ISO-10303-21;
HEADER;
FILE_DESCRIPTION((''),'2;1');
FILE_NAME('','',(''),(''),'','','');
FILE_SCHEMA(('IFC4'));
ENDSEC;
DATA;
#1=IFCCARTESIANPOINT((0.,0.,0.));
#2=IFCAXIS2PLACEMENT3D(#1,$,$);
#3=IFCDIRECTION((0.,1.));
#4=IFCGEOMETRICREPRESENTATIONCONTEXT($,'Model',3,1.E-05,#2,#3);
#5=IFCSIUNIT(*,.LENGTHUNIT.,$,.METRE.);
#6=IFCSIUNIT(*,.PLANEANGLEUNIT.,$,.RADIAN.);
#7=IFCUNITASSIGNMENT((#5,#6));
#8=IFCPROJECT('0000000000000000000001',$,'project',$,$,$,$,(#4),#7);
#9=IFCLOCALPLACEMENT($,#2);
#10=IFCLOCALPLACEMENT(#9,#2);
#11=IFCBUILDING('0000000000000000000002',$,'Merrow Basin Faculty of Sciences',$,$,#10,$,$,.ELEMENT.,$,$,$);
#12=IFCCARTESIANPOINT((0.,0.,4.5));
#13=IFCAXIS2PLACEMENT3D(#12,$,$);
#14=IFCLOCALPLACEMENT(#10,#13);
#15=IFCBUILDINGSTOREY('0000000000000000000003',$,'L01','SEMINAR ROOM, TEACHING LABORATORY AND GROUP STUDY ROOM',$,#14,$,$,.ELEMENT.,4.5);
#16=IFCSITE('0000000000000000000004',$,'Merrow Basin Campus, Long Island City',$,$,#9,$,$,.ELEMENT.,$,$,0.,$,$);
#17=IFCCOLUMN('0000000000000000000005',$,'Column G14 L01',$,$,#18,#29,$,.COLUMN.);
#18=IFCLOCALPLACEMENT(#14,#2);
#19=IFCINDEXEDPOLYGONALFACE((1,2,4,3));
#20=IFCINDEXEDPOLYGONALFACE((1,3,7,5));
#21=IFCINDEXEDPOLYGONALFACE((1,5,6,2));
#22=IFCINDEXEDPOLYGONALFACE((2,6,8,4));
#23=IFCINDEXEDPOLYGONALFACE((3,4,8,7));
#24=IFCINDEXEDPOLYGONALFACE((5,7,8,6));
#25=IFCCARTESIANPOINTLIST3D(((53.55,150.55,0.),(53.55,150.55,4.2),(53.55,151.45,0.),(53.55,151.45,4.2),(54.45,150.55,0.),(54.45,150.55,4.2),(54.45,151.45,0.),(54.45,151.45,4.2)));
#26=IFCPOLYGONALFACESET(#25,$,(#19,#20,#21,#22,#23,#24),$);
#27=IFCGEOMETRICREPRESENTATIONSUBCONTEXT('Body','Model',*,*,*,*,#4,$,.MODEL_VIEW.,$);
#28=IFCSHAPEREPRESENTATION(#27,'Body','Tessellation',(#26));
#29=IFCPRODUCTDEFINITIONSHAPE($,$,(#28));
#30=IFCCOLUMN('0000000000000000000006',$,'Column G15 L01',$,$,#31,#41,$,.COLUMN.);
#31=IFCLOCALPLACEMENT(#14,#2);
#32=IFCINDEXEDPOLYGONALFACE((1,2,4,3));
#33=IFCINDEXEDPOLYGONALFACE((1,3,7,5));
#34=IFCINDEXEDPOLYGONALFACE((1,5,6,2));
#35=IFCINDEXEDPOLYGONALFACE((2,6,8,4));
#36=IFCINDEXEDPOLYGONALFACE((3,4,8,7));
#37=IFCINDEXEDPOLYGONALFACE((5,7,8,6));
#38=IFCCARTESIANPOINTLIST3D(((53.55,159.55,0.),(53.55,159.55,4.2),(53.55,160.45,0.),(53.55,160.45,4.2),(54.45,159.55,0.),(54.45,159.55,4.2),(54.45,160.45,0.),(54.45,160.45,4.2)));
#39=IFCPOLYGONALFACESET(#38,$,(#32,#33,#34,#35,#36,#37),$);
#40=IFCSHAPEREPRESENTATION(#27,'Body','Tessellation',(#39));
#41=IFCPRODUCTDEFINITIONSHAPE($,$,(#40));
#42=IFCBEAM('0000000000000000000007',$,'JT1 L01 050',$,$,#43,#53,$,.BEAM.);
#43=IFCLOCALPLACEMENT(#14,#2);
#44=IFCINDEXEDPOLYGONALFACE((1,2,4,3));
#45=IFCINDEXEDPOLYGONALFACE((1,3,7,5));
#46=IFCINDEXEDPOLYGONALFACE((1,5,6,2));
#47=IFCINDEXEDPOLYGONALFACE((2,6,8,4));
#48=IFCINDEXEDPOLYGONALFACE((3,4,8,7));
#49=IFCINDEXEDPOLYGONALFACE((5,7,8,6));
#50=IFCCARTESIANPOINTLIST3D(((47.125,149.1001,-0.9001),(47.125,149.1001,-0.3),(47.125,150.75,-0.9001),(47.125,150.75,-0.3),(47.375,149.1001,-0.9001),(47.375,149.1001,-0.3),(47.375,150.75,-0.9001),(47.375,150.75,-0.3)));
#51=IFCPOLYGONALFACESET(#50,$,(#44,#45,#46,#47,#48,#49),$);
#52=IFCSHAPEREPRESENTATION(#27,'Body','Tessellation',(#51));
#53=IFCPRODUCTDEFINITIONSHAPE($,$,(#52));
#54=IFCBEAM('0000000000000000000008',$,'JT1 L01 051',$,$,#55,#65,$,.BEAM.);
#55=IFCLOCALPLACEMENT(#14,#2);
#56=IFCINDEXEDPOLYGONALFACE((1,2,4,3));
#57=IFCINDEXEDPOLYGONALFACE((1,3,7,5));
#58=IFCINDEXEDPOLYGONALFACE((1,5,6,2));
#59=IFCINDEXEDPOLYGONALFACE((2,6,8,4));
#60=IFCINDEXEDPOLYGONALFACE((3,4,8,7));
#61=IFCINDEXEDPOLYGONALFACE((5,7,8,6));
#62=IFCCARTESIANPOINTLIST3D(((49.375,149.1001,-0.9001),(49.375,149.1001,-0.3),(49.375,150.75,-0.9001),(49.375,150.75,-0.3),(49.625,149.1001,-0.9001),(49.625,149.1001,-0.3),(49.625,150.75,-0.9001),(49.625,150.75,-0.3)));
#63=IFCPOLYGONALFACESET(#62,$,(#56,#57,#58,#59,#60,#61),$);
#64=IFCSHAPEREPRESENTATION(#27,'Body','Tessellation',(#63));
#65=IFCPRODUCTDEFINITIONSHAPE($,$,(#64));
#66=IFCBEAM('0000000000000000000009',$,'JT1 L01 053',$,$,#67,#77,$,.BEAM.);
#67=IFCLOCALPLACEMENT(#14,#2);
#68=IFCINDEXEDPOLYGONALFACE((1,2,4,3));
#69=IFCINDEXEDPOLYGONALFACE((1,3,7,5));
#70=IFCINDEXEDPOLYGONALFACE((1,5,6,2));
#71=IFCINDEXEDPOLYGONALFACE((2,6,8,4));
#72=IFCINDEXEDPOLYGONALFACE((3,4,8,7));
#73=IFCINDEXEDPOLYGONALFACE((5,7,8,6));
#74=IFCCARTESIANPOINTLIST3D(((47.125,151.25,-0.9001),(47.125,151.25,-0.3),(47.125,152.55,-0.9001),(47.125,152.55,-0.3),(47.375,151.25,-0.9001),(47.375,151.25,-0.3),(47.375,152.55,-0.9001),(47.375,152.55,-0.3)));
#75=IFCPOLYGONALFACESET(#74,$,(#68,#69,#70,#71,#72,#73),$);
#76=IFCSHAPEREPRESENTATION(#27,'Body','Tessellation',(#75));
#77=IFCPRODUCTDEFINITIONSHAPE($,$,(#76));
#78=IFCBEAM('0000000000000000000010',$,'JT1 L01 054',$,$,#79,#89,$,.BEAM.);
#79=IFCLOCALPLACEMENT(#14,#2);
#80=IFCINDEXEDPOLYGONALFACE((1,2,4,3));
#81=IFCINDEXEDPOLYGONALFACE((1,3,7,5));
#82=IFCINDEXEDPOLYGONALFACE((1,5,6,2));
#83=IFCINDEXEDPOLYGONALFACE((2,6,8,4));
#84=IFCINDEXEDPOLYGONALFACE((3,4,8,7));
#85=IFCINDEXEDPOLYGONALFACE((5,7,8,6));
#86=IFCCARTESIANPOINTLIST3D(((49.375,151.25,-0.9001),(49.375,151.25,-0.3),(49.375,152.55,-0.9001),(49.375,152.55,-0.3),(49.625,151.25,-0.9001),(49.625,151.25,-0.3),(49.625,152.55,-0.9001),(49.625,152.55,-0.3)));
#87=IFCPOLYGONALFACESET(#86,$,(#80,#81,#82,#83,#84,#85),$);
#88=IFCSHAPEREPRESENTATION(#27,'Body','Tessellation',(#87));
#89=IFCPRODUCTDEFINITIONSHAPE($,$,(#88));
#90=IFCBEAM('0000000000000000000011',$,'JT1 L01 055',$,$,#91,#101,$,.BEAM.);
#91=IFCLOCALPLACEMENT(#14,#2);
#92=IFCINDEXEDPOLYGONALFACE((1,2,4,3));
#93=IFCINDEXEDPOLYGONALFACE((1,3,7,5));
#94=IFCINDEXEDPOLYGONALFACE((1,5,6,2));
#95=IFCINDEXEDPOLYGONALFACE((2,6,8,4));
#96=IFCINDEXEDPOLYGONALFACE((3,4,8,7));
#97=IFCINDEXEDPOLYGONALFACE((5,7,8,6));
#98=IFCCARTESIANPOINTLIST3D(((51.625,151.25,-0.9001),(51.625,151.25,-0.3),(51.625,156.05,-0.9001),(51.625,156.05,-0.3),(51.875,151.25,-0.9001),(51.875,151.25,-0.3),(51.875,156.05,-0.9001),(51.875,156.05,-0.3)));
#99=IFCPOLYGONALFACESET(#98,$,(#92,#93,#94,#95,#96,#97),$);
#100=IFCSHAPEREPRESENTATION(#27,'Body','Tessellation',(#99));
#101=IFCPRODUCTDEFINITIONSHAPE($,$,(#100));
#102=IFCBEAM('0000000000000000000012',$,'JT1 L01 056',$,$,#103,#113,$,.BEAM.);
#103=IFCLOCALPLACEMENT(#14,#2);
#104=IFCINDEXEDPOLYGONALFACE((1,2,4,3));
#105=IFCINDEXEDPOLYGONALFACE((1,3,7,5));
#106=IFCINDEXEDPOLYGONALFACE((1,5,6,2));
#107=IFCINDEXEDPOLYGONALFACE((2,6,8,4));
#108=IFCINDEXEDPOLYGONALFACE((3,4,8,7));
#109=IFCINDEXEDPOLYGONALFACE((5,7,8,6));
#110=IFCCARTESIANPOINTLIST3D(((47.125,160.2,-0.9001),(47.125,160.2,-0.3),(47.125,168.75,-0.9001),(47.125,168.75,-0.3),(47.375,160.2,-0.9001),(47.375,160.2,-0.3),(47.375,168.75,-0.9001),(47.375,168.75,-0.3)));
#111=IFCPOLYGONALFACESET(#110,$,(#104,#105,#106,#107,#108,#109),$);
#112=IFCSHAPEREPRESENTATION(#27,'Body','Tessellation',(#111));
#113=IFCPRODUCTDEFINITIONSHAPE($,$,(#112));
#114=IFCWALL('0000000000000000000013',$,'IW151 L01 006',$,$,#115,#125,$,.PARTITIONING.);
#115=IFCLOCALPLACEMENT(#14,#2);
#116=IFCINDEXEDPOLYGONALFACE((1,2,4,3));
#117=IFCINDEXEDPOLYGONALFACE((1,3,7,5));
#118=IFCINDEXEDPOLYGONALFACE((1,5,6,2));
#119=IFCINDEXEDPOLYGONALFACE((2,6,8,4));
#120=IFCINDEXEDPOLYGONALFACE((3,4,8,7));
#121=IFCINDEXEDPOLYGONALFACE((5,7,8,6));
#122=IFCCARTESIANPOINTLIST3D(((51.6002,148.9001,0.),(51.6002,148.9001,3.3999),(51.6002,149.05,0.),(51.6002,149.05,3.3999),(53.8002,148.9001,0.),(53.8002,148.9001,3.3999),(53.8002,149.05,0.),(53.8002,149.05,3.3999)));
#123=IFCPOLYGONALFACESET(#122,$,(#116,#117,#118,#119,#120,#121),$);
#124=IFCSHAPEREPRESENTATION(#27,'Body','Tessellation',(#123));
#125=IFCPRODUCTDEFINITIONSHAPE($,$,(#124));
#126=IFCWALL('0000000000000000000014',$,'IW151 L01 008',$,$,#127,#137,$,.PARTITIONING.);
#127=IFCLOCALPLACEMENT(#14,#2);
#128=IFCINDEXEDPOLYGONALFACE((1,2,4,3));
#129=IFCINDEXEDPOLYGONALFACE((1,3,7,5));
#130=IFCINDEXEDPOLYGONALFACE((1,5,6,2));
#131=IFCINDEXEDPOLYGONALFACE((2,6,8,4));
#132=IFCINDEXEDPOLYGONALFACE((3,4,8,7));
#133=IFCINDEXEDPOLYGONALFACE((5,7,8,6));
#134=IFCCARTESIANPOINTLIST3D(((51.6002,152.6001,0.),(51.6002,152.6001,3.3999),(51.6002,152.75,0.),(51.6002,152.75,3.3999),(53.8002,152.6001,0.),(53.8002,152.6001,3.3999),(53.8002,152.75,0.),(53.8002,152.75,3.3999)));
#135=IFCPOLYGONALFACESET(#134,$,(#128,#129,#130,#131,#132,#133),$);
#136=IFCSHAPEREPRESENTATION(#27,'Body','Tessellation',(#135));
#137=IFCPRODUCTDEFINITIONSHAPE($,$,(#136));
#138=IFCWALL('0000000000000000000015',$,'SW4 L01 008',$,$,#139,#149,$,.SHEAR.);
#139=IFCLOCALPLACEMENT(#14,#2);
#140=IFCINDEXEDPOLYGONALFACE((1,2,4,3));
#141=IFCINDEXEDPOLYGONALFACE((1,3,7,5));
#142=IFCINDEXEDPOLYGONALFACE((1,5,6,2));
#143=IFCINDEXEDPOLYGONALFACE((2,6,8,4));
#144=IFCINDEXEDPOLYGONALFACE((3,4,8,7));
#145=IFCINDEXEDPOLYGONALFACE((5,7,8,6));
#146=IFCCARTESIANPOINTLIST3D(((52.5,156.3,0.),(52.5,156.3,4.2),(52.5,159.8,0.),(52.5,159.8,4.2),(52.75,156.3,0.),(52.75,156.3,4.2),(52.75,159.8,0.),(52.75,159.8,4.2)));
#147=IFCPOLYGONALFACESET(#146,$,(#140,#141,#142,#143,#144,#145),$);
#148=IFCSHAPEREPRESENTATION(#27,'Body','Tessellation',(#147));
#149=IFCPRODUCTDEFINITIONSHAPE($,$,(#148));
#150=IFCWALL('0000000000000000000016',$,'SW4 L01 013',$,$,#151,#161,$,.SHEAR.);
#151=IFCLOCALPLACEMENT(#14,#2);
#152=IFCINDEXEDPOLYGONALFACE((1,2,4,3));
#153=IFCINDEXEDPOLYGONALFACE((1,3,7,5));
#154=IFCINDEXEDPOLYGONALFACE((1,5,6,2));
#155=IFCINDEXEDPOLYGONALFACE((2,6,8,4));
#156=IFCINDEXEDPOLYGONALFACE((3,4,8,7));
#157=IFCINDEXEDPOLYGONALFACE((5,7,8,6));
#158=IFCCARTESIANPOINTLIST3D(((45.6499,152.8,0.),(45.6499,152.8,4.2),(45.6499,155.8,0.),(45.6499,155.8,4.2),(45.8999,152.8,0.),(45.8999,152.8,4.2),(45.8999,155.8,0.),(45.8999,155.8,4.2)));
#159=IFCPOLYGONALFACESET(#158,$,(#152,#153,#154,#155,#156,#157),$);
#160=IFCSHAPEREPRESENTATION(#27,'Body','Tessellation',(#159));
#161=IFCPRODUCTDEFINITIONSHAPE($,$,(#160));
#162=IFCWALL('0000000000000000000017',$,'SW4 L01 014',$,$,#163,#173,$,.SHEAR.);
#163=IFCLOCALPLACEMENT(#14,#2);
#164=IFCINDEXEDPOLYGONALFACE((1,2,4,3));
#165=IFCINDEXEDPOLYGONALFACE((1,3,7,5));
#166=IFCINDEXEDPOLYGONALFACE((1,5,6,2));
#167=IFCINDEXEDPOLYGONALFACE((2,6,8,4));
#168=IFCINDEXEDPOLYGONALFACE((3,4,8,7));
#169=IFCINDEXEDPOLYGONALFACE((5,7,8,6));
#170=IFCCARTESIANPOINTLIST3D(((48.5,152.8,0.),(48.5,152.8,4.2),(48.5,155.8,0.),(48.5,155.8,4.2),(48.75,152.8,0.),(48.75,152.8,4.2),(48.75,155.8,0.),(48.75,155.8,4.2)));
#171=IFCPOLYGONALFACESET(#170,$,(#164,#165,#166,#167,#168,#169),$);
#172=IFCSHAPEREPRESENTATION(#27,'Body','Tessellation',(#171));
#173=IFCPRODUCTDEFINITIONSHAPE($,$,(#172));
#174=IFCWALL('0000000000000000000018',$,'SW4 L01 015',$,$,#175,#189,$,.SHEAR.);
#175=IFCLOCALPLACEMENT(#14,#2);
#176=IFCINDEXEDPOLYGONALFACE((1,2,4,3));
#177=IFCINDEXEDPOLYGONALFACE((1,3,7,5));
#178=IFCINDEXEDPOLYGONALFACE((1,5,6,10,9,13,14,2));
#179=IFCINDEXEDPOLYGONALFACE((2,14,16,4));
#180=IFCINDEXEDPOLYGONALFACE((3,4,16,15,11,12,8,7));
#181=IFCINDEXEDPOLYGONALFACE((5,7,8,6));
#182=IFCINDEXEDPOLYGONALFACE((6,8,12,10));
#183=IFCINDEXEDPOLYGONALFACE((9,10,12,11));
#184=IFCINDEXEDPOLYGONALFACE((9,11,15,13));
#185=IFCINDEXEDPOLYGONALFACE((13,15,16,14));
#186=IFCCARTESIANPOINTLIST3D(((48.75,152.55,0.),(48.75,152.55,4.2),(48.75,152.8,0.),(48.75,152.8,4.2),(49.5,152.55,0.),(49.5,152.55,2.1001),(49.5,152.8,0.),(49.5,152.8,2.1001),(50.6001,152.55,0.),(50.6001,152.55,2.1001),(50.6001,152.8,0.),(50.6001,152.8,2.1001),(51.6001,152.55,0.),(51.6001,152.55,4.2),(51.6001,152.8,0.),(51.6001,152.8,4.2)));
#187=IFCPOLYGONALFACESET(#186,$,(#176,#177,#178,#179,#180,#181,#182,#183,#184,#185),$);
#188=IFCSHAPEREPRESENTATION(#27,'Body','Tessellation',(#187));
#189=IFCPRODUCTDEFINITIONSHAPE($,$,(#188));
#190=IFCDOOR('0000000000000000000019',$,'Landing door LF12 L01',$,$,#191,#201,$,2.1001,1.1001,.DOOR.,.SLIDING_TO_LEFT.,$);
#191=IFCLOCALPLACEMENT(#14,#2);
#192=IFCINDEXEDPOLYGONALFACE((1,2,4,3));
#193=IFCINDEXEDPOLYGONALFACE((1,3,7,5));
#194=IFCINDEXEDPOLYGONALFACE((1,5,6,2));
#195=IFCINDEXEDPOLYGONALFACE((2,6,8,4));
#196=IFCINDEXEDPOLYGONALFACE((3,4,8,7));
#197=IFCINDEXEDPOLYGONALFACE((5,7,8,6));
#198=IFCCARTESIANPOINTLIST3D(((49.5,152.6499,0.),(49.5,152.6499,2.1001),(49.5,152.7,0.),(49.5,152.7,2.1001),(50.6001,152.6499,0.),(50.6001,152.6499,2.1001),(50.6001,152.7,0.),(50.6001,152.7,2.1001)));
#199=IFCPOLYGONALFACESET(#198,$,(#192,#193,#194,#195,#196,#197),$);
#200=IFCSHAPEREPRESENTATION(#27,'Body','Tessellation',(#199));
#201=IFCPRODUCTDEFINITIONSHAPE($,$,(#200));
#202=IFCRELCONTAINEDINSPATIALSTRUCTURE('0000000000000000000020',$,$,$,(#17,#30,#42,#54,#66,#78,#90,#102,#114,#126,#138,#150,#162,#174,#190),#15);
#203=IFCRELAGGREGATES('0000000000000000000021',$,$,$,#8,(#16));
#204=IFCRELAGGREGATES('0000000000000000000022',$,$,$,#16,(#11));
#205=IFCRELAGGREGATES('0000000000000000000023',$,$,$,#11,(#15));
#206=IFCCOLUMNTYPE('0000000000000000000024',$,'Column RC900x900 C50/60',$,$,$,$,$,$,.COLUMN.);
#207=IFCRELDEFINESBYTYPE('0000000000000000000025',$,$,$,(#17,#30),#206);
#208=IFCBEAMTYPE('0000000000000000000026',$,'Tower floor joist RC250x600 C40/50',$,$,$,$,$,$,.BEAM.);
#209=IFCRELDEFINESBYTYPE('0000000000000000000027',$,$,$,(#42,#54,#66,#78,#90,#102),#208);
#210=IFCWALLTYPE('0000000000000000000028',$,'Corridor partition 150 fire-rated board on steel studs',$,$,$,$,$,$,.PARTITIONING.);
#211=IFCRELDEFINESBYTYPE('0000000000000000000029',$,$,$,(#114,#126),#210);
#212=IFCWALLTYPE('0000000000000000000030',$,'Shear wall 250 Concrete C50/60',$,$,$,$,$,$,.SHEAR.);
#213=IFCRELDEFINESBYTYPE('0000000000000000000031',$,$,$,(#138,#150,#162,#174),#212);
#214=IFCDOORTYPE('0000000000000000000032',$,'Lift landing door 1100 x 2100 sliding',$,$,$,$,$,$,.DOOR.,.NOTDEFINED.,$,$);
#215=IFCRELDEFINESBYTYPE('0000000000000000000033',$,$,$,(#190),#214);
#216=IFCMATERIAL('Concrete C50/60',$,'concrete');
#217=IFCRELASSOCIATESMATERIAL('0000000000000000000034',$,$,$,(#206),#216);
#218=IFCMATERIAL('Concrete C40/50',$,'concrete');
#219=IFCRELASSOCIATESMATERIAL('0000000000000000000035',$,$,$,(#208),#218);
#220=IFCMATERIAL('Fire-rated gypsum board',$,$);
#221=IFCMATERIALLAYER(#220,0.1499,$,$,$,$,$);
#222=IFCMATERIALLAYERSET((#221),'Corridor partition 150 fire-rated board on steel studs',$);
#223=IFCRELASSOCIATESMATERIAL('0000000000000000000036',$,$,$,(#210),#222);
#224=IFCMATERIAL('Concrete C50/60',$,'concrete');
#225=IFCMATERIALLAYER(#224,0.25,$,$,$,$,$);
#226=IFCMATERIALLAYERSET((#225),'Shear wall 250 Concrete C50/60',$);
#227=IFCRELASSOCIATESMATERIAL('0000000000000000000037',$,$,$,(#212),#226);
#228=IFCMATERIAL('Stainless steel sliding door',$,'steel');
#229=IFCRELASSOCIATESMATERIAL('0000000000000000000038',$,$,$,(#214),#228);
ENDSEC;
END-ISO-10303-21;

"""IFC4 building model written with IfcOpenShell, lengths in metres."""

from ifc_helpers import new_model, si_unit, direction, frame, frame_2d, origin, origin_2d, place, context, subcontext, project, spatial, rectangle, extrude, material, layer, layer_set, material_profile, profile_set, type_object, element, fill, save


model = new_model("IFC4")

# Units and contexts
model_context = context("Model", 3, precision=1e-05, world=origin(), true_north=direction((0.0, 1.0)))
body_context = subcontext(model_context, "Body", "Model", "MODEL_VIEW")
ifc_project = project(units=[si_unit("LENGTHUNIT", "METRE"), si_unit("PLANEANGLEUNIT", "RADIAN")], contexts=[model_context])

# Site, building, storey
site_placement = place(None, origin())
site = spatial("IfcSite", under=ifc_project, at=site_placement, Name="Merrow Basin Campus, Long Island City", CompositionType="ELEMENT", RefElevation=0.0)
building_placement = place(site_placement, origin())
building = spatial("IfcBuilding", under=site, at=building_placement, Name="Merrow Basin Faculty of Sciences", CompositionType="ELEMENT")
storey_placement = place(building_placement, frame((0.0, 0.0, 4.5)))
storey = spatial("IfcBuildingStorey", under=building, at=storey_placement, Name="L01", Description="SEMINAR ROOM, TEACHING LABORATORY AND GROUP STUDY ROOM", CompositionType="ELEMENT", Elevation=4.5)

# Columns
ifc_material_1 = material(Name="Concrete C50/60", Category="concrete")
ifc_material_profile_1 = material_profile(ifc_material_1, rectangle(XDim=0.8999, YDim=0.8999, at=origin_2d()))
ifc_profile_set_1 = profile_set([ifc_material_profile_1], Name="Concrete C50/60")
column_type = type_object("IfcColumnType", Name="Column RC900x900 C50/60", PredefinedType="COLUMN", material=ifc_profile_set_1)
for number, where, z_axis, x_axis, name in (
    (1, (54.0, 151.0, 0.0), (0.0, 0.0, 1.0), (1.0, 0.0, 0.0), "Column G14 L01"),
    (2, (54.0, 160.0, 0.0), (0.0, 0.0, 1.0), (1.0, 0.0, 0.0), "Column G15 L01"),
):
    element("IfcColumn", number, at=place(storey_placement, frame(where, z_axis=z_axis, x_axis=x_axis)), inside=storey, type_object=column_type, Name=name, PredefinedType="COLUMN", context=body_context, shape_type="SweptSolid", body=[
        extrude(rectangle(XDim=0.8999, YDim=0.8999, at=origin_2d()), origin(), (0.0, 0.0, 1.0), 4.2),
    ])

# Beams
ifc_material_2 = material(Name="Concrete C40/50", Category="concrete")
ifc_material_profile_2 = material_profile(ifc_material_2, rectangle(XDim=0.25, YDim=0.6001, at=origin_2d()))
ifc_profile_set_2 = profile_set([ifc_material_profile_2], Name="Concrete C40/50")
beam_type = type_object("IfcBeamType", Name="Tower floor joist RC250x600 C40/50", PredefinedType="BEAM", material=ifc_profile_set_2)
for number, where, z_axis, x_axis, name in (
    (3, (47.25, 149.1001, -0.6001), (0.0, 1.0, 0.0), (-1.0, 0.0, 0.0), "JT1 L01 050"),
    (4, (49.5, 149.1001, -0.6001), (0.0, 1.0, 0.0), (-1.0, 0.0, 0.0), "JT1 L01 051"),
):
    element("IfcBeam", number, at=place(storey_placement, frame(where, z_axis=z_axis, x_axis=x_axis)), inside=storey, type_object=beam_type, Name=name, PredefinedType="BEAM", context=body_context, shape_type="SweptSolid", body=[
        extrude(rectangle(XDim=0.25, YDim=0.6001, at=origin_2d()), origin(), (0.0, 0.0, 1.0), 1.6499),
    ])
for number, where, z_axis, x_axis, name in (
    (5, (47.25, 151.25, -0.6001), (0.0, 1.0, 0.0), (-1.0, 0.0, 0.0), "JT1 L01 053"),
    (6, (49.5, 151.25, -0.6001), (0.0, 1.0, 0.0), (-1.0, 0.0, 0.0), "JT1 L01 054"),
):
    element("IfcBeam", number, at=place(storey_placement, frame(where, z_axis=z_axis, x_axis=x_axis)), inside=storey, type_object=beam_type, Name=name, PredefinedType="BEAM", context=body_context, shape_type="SweptSolid", body=[
        extrude(rectangle(XDim=0.25, YDim=0.6001, at=origin_2d()), origin(), (0.0, 0.0, 1.0), 1.3),
    ])
beam_1_placement = place(storey_placement, frame((51.75, 151.25, -0.6001), z_axis=(0.0, 1.0, 0.0), x_axis=(-1.0, 0.0, 0.0)))
element("IfcBeam", 7, at=beam_1_placement, inside=storey, type_object=beam_type, Name="JT1 L01 055", PredefinedType="BEAM", context=body_context, shape_type="SweptSolid", body=[
    extrude(rectangle(XDim=0.25, YDim=0.6001, at=origin_2d()), origin(), (0.0, 0.0, 1.0), 4.8),
])
beam_2_placement = place(storey_placement, frame((47.25, 160.2, -0.6001), z_axis=(0.0, 1.0, 0.0), x_axis=(-1.0, 0.0, 0.0)))
element("IfcBeam", 8, at=beam_2_placement, inside=storey, type_object=beam_type, Name="JT1 L01 056", PredefinedType="BEAM", context=body_context, shape_type="SweptSolid", body=[
    extrude(rectangle(XDim=0.25, YDim=0.6001, at=origin_2d()), origin(), (0.0, 0.0, 1.0), 8.55),
])

# Walls
ifc_material_3 = material(Name="Fire-rated gypsum board")
ifc_layer_1 = layer(ifc_material_3, 0.1499)
ifc_layer_set_1 = layer_set([ifc_layer_1], Name="Corridor partition 150 fire-rated board on steel studs")
wall_type_1 = type_object("IfcWallType", Name="Corridor partition 150 fire-rated board on steel studs", PredefinedType="PARTITIONING", material=ifc_layer_set_1)
for number, where, z_axis, x_axis, name in (
    (9, (51.6001, 148.9751, 0.0), (0.0, 0.0, 1.0), (1.0, 0.0, 0.0), "IW151 L01 006"),
    (10, (51.6001, 152.675, 0.0), (0.0, 0.0, 1.0), (1.0, 0.0, 0.0), "IW151 L01 008"),
):
    element("IfcWall", number, at=place(storey_placement, frame(where, z_axis=z_axis, x_axis=x_axis)), inside=storey, type_object=wall_type_1, Name=name, PredefinedType="PARTITIONING", context=body_context, shape_type="SweptSolid", body=[
        extrude(rectangle(XDim=2.2, YDim=0.1499, at=frame_2d((1.1001, 0.0))), origin(), (0.0, 0.0, 1.0), 3.3999),
    ])
ifc_material_4 = material(Name="Concrete C50/60", Category="concrete")
ifc_layer_2 = layer(ifc_material_4, 0.25)
ifc_layer_set_2 = layer_set([ifc_layer_2], Name="Shear wall 250 Concrete C50/60")
wall_type_2 = type_object("IfcWallType", Name="Shear wall 250 Concrete C50/60", PredefinedType="SHEAR", material=ifc_layer_set_2)
wall_1_placement = place(storey_placement, frame((52.625, 156.3, 0.0), z_axis=(0.0, 0.0, 1.0), x_axis=(0.0, 1.0, 0.0)))
element("IfcWall", 11, at=wall_1_placement, inside=storey, type_object=wall_type_2, Name="SW4 L01 008", PredefinedType="SHEAR", context=body_context, shape_type="SweptSolid", body=[
    extrude(rectangle(XDim=3.5, YDim=0.25, at=frame_2d((1.75, 0.0))), origin(), (0.0, 0.0, 1.0), 4.2),
])
for number, where, z_axis, x_axis, name in (
    (12, (45.7749, 152.8, 0.0), (0.0, 0.0, 1.0), (0.0, 1.0, 0.0), "SW4 L01 013"),
    (13, (48.625, 152.8, 0.0), (0.0, 0.0, 1.0), (0.0, 1.0, 0.0), "SW4 L01 014"),
):
    element("IfcWall", number, at=place(storey_placement, frame(where, z_axis=z_axis, x_axis=x_axis)), inside=storey, type_object=wall_type_2, Name=name, PredefinedType="SHEAR", context=body_context, shape_type="SweptSolid", body=[
        extrude(rectangle(XDim=3.0, YDim=0.25, at=frame_2d((1.5, 0.0))), origin(), (0.0, 0.0, 1.0), 4.2),
    ])

# Wall, opening, door
wall_2_placement = place(storey_placement, frame((48.75, 152.675, 0.0), z_axis=(0.0, 0.0, 1.0), x_axis=(1.0, 0.0, 0.0)))
wall_2 = element("IfcWall", 14, at=wall_2_placement, inside=storey, type_object=wall_type_2, Name="SW4 L01 015", PredefinedType="SHEAR", context=body_context, shape_type="SweptSolid", body=[
    extrude(rectangle(XDim=2.8501, YDim=0.25, at=frame_2d((1.425, 0.0))), origin(), (0.0, 0.0, 1.0), 4.2),
])
opening_1_placement = place(wall_2_placement, frame((0.75, 0.0, 0.0)))
opening_1 = element("IfcOpeningElement", 15, at=opening_1_placement, cuts=wall_2, PredefinedType="OPENING", context=body_context, shape_type="SweptSolid", body=[
    extrude(rectangle(XDim=1.1001, YDim=2.1001, at=frame_2d((0.55, 1.05))), frame((0.0, 0.135, 0.0), z_axis=(0.0, -1.0, 0.0), x_axis=(1.0, 0.0, 0.0)), (0.0, 0.0, 1.0), 0.27),
])
ifc_material_5 = material(Name="Stainless steel sliding door", Category="steel")
door_type = type_object("IfcDoorType", Name="Lift landing door 1100 x 2100 sliding", OperationType="NOTDEFINED", PredefinedType="DOOR", material=ifc_material_5)
door_1_placement = place(opening_1_placement, origin())
door_1 = element("IfcDoor", 16, at=door_1_placement, inside=storey, type_object=door_type, Name="Landing door LF12 L01", OperationType="SLIDING_TO_LEFT", OverallHeight=2.1001, OverallWidth=1.1001, PredefinedType="DOOR", context=body_context, shape_type="SweptSolid", body=[
    extrude(rectangle(XDim=1.1001, YDim=2.1001, at=frame_2d((0.55, 1.05))), frame((0.0, 0.0249, 0.0), z_axis=(0.0, -1.0, 0.0), x_axis=(1.0, 0.0, 0.0)), (0.0, 0.0, 1.0), 0.05),
])
fill(opening_1, door_1)

save(model, "model.ifc")
